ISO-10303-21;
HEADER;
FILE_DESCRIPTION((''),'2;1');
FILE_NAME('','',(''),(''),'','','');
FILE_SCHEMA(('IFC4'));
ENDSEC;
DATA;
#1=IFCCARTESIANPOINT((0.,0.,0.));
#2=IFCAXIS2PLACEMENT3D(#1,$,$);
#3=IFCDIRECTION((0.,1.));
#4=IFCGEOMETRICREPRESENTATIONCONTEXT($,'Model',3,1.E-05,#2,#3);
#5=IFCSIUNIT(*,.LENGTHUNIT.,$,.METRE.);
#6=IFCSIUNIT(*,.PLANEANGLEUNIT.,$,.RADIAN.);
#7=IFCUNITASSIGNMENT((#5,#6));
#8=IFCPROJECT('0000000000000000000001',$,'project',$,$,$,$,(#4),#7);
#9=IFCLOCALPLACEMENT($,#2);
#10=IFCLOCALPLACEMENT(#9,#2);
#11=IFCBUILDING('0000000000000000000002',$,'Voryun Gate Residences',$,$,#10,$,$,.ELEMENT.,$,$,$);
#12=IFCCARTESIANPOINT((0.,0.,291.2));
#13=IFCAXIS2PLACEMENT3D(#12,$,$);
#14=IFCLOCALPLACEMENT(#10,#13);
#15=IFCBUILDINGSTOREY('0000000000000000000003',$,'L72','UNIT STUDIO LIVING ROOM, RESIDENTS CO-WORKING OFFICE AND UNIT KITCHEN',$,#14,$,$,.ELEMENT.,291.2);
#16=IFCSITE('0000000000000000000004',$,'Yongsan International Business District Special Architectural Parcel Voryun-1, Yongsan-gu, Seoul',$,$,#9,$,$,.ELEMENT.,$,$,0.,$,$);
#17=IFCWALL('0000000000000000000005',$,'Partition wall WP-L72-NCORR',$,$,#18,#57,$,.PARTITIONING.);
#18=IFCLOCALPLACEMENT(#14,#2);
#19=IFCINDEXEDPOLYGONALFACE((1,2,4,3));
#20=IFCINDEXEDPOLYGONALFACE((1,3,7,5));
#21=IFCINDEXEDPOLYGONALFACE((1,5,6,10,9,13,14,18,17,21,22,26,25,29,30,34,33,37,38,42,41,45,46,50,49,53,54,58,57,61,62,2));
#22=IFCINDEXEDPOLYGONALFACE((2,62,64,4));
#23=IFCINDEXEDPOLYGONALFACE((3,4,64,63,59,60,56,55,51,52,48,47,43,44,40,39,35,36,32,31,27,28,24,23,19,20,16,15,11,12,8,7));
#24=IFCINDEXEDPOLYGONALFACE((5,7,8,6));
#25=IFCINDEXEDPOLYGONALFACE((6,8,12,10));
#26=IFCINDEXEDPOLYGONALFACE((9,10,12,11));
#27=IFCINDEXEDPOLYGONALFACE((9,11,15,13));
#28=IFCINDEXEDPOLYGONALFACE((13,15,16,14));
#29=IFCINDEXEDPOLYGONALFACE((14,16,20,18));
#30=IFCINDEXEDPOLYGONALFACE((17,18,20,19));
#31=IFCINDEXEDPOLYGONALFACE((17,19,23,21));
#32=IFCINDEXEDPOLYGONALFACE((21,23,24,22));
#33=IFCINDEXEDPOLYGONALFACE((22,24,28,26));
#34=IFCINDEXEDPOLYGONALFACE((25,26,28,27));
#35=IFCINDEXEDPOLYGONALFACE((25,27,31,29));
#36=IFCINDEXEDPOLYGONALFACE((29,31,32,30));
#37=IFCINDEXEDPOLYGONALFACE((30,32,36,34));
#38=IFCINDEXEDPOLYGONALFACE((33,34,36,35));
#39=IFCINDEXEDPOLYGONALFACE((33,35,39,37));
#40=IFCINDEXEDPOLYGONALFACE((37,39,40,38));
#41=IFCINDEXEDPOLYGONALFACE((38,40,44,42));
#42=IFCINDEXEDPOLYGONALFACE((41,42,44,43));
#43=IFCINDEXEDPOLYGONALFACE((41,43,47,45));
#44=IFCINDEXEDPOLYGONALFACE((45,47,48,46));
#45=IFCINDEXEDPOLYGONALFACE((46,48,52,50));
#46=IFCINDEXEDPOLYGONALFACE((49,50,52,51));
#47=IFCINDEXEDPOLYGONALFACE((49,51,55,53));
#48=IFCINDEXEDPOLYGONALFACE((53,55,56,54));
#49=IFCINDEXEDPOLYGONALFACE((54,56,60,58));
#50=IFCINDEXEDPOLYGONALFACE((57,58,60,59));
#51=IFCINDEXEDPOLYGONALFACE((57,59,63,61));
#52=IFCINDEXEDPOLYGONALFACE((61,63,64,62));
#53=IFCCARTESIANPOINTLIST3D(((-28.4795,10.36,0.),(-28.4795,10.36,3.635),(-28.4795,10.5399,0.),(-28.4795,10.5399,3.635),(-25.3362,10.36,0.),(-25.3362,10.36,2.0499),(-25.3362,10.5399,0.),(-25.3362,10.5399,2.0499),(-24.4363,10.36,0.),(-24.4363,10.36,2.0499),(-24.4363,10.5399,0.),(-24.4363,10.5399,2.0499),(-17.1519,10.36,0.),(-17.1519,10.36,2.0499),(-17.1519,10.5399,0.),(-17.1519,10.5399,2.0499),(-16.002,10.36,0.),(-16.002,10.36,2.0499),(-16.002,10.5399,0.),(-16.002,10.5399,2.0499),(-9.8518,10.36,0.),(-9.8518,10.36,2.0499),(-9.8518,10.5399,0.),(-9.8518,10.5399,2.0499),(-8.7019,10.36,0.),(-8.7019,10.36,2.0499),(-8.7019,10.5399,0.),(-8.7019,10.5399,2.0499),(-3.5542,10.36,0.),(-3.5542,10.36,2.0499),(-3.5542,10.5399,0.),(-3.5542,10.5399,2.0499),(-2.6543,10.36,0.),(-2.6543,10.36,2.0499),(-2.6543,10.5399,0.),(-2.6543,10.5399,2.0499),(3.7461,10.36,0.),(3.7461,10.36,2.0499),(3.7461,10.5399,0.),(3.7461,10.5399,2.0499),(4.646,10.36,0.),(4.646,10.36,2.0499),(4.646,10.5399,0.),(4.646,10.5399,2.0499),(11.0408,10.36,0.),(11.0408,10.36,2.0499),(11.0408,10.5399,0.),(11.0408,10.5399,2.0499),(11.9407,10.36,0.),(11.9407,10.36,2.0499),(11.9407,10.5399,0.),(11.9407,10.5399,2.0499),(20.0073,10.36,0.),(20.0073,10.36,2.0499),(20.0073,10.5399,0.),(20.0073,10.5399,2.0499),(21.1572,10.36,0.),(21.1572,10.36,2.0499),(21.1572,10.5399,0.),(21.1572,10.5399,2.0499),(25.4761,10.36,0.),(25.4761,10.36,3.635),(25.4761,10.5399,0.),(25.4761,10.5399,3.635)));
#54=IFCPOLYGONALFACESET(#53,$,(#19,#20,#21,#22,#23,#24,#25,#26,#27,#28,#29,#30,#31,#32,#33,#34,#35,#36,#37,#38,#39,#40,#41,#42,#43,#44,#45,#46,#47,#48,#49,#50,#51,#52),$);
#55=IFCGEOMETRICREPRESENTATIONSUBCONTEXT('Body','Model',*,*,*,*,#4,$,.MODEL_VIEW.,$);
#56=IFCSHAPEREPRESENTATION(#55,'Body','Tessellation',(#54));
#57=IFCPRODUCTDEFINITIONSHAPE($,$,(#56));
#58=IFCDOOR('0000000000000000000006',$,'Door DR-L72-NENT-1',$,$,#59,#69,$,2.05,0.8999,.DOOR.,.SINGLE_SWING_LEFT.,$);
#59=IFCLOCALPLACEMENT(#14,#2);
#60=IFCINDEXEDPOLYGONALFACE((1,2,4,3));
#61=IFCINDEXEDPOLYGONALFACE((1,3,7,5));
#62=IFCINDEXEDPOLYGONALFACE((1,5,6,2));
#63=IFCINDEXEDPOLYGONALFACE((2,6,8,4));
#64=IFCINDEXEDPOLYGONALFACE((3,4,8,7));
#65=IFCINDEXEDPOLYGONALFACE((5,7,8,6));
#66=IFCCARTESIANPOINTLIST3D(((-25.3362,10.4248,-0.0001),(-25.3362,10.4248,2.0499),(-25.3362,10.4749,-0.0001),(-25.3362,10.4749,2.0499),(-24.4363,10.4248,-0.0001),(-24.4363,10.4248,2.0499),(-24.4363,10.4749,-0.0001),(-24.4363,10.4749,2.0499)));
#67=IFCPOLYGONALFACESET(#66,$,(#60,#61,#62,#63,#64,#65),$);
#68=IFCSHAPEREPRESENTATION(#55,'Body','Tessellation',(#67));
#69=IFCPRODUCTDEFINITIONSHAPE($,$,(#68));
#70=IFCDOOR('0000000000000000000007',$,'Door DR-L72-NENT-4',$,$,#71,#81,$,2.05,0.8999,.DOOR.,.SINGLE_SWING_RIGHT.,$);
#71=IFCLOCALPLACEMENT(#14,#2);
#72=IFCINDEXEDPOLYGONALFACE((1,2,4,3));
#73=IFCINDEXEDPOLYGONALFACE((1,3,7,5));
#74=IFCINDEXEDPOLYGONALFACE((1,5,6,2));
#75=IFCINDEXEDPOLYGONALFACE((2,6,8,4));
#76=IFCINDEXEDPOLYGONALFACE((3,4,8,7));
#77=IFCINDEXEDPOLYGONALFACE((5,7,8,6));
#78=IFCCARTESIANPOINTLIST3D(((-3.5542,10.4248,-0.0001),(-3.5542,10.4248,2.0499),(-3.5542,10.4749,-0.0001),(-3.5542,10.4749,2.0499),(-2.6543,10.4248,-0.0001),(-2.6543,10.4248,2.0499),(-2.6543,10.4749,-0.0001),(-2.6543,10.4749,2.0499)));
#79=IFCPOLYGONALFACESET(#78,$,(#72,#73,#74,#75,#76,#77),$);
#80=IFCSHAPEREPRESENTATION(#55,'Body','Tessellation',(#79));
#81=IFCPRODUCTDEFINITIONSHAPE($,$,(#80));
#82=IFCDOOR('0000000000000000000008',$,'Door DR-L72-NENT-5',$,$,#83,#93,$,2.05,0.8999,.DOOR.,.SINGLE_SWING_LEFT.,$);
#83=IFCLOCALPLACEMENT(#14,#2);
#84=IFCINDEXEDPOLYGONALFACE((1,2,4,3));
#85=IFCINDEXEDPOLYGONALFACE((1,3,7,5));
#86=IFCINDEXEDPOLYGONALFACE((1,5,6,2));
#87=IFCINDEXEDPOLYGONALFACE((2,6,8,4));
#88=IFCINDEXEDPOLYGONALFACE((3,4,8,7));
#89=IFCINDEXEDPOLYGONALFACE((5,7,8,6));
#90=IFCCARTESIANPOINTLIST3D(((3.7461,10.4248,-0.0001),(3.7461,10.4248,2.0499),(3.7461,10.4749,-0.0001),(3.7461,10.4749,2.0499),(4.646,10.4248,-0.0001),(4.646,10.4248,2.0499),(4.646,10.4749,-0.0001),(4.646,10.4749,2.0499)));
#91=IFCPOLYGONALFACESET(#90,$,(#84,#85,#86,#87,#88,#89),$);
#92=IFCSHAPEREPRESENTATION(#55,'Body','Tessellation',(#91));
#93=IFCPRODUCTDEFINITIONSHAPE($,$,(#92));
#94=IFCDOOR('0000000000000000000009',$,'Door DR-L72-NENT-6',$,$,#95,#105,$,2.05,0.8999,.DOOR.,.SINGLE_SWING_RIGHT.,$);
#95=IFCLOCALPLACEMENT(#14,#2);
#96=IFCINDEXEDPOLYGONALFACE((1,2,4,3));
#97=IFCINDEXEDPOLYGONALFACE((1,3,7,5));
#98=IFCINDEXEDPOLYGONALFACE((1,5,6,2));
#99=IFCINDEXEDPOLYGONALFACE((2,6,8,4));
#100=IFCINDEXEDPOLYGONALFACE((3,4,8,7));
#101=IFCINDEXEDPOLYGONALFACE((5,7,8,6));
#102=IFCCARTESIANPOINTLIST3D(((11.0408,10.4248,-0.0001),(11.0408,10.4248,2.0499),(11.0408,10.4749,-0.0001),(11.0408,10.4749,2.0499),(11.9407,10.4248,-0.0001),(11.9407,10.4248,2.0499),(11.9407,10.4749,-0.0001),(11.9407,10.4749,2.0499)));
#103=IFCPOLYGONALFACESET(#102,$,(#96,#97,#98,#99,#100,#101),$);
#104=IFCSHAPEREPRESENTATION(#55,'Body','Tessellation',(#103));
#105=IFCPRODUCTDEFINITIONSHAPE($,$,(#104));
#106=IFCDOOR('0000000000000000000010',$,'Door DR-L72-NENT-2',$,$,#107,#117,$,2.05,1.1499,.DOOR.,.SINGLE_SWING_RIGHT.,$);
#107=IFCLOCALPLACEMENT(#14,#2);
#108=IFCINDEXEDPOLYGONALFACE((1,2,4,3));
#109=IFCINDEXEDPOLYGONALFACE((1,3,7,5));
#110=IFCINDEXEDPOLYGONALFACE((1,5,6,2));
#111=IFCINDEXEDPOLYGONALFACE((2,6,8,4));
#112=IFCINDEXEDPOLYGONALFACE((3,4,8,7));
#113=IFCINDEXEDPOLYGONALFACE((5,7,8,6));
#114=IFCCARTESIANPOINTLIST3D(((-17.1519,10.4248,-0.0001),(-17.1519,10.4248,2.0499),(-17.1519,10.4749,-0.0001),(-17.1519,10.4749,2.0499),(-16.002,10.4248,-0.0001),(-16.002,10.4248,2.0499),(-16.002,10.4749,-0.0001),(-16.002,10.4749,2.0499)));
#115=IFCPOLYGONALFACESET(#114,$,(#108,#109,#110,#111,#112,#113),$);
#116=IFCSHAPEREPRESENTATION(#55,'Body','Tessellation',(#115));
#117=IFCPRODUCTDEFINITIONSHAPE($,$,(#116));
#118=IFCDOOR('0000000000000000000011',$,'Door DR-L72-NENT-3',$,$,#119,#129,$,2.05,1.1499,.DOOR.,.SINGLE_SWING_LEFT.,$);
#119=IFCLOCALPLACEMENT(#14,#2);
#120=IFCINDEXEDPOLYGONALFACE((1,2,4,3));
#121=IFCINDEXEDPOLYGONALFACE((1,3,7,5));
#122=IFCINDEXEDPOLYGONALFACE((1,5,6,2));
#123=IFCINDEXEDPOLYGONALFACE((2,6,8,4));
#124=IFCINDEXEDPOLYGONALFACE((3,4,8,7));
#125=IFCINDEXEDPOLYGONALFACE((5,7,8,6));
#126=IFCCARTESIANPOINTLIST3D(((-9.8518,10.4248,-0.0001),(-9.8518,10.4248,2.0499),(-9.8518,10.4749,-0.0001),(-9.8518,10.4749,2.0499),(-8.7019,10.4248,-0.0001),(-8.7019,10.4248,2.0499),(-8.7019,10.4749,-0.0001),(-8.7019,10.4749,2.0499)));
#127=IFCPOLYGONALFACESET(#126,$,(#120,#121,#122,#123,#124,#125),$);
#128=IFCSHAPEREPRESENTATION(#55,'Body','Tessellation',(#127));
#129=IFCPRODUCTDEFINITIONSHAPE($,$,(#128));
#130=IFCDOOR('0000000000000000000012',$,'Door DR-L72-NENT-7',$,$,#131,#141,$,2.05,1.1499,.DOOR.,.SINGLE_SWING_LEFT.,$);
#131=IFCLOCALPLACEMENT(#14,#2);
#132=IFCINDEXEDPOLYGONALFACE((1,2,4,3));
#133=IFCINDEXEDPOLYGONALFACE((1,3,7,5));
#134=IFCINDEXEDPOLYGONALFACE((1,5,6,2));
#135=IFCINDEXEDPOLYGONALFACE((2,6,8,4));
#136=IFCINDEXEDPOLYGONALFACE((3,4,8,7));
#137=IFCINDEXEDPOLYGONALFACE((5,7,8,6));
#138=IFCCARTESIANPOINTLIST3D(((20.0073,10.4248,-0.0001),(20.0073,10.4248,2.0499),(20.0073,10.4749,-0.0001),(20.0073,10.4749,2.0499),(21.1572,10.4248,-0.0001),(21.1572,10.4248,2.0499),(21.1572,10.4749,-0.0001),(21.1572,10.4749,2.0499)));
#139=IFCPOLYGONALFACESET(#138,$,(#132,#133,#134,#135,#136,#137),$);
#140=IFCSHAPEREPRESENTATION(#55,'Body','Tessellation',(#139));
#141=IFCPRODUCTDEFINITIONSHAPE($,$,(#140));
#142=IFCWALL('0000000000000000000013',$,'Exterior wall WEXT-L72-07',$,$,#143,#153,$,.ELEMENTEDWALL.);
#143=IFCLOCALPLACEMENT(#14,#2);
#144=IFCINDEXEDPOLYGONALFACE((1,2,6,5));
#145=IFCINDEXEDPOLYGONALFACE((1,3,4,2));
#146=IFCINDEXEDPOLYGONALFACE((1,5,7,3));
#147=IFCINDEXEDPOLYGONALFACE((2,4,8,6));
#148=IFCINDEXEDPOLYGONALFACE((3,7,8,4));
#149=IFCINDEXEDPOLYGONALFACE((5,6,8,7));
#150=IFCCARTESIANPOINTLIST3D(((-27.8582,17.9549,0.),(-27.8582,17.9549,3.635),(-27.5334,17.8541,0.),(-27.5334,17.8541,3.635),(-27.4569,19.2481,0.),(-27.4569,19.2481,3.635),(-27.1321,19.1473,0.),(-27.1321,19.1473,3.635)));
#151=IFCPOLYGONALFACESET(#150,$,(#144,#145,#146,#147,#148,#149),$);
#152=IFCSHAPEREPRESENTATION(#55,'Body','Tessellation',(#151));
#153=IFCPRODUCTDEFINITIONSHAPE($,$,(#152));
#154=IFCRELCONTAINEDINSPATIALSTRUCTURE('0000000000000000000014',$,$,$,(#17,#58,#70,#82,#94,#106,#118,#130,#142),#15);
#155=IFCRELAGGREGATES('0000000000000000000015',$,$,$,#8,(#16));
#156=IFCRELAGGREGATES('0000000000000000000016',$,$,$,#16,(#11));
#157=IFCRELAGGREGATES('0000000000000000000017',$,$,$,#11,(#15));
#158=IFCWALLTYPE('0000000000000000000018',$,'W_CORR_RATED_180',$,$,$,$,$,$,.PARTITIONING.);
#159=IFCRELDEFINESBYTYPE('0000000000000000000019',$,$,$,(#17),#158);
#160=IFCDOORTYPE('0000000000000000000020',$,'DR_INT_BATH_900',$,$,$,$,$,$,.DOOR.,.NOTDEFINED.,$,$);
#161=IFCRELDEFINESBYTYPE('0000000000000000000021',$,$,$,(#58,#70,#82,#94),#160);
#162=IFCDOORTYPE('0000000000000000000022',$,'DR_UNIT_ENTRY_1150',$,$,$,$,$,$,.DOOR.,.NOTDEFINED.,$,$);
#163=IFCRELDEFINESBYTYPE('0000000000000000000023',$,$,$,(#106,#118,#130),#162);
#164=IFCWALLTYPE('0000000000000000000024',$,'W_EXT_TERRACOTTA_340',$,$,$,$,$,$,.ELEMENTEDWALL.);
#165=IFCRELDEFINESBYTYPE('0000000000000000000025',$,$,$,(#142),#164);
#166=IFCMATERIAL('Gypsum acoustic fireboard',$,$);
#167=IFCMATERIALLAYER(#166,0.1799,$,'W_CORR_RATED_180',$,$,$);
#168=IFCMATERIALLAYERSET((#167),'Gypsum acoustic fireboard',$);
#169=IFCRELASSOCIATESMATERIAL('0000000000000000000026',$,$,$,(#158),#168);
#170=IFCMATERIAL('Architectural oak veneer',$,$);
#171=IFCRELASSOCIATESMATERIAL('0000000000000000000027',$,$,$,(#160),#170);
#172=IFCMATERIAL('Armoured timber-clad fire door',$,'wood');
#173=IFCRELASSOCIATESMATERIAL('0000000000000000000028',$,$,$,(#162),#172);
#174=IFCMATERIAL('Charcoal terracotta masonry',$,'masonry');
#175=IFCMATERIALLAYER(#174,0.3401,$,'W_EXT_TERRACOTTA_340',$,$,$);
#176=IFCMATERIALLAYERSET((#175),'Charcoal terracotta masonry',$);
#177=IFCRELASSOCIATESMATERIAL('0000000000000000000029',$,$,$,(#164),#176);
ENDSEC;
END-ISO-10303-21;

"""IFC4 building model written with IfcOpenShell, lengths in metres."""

from ifc_helpers import new_model, si_unit, direction, frame, frame_2d, origin, place, context, subcontext, project, spatial, rectangle, extrude, material, layer, layer_set, type_object, element, fill, save


model = new_model("IFC4")

# Units and contexts
model_context = context("Model", 3, precision=1e-05, world=origin(), true_north=direction((0.0, 1.0)))
body_context = subcontext(model_context, "Body", "Model", "MODEL_VIEW")
ifc_project = project(units=[si_unit("LENGTHUNIT", "METRE"), si_unit("PLANEANGLEUNIT", "RADIAN")], contexts=[model_context])

# Site, building, storey
site_placement = place(None, origin())
site = spatial("IfcSite", under=ifc_project, at=site_placement, Name="Yongsan International Business District Special Architectural Parcel Voryun-1, Yongsan-gu, Seoul", CompositionType="ELEMENT", RefElevation=0.0)
building_placement = place(site_placement, origin())
building = spatial("IfcBuilding", under=site, at=building_placement, Name="Voryun Gate Residences", CompositionType="ELEMENT")
storey_placement = place(building_placement, frame((0.0, 0.0, 291.2)))
storey = spatial("IfcBuildingStorey", under=building, at=storey_placement, Name="L72", Description="UNIT STUDIO LIVING ROOM, RESIDENTS CO-WORKING OFFICE AND UNIT KITCHEN", CompositionType="ELEMENT", Elevation=291.2)

# Wall, openings, doors
ifc_material_1 = material(Name="Gypsum acoustic fireboard")
ifc_layer_1 = layer(ifc_material_1, 0.1799, Name="W_CORR_RATED_180")
ifc_layer_set_1 = layer_set([ifc_layer_1], Name="Gypsum acoustic fireboard")
wall_type_1 = type_object("IfcWallType", Name="W_CORR_RATED_180", PredefinedType="PARTITIONING", material=ifc_layer_set_1)
wall_1_placement = place(storey_placement, frame((-28.4795, 10.45, 0.0), z_axis=(0.0, 0.0, 1.0), x_axis=(1.0, 0.0, 0.0)))
wall_1 = element("IfcWall", 1, at=wall_1_placement, inside=storey, type_object=wall_type_1, Name="Partition wall WP-L72-NCORR", PredefinedType="PARTITIONING", context=body_context, shape_type="SweptSolid", body=[
    extrude(rectangle(XDim=53.9556, YDim=0.1799, at=frame_2d((26.9778, 0.0))), origin(), (0.0, 0.0, 1.0), 3.635),
])
opening_1_placement = place(wall_1_placement, frame((3.1433, 0.0, 0.0)))
opening_1 = element("IfcOpeningElement", 2, at=opening_1_placement, cuts=wall_1, PredefinedType="OPENING", context=body_context, shape_type="SweptSolid", body=[
    extrude(rectangle(XDim=0.8999, YDim=2.05, at=frame_2d((0.45, 1.0249))), frame((0.0, 0.0999, 0.0), z_axis=(0.0, -1.0, 0.0), x_axis=(1.0, 0.0, 0.0)), (0.0, 0.0, 1.0), 0.2),
])
opening_2_placement = place(wall_1_placement, frame((11.3276, 0.0, 0.0)))
opening_2 = element("IfcOpeningElement", 3, at=opening_2_placement, cuts=wall_1, PredefinedType="OPENING", context=body_context, shape_type="SweptSolid", body=[
    extrude(rectangle(XDim=1.1499, YDim=2.05, at=frame_2d((0.575, 1.0249))), frame((0.0, 0.0999, 0.0), z_axis=(0.0, -1.0, 0.0), x_axis=(1.0, 0.0, 0.0)), (0.0, 0.0, 1.0), 0.2),
])
opening_3_placement = place(wall_1_placement, frame((18.6277, 0.0, 0.0)))
opening_3 = element("IfcOpeningElement", 4, at=opening_3_placement, cuts=wall_1, PredefinedType="OPENING", context=body_context, shape_type="SweptSolid", body=[
    extrude(rectangle(XDim=1.1499, YDim=2.05, at=frame_2d((0.575, 1.0249))), frame((0.0, 0.0999, 0.0), z_axis=(0.0, -1.0, 0.0), x_axis=(1.0, 0.0, 0.0)), (0.0, 0.0, 1.0), 0.2),
])
opening_4_placement = place(wall_1_placement, frame((24.9253, 0.0, 0.0)))
opening_4 = element("IfcOpeningElement", 5, at=opening_4_placement, cuts=wall_1, PredefinedType="OPENING", context=body_context, shape_type="SweptSolid", body=[
    extrude(rectangle(XDim=0.8999, YDim=2.05, at=frame_2d((0.45, 1.0249))), frame((0.0, 0.0999, 0.0), z_axis=(0.0, -1.0, 0.0), x_axis=(1.0, 0.0, 0.0)), (0.0, 0.0, 1.0), 0.2),
])
opening_5_placement = place(wall_1_placement, frame((32.2256, 0.0, 0.0)))
opening_5 = element("IfcOpeningElement", 6, at=opening_5_placement, cuts=wall_1, PredefinedType="OPENING", context=body_context, shape_type="SweptSolid", body=[
    extrude(rectangle(XDim=0.8999, YDim=2.05, at=frame_2d((0.45, 1.0249))), frame((0.0, 0.0999, 0.0), z_axis=(0.0, -1.0, 0.0), x_axis=(1.0, 0.0, 0.0)), (0.0, 0.0, 1.0), 0.2),
])
opening_6_placement = place(wall_1_placement, frame((39.5203, 0.0, 0.0)))
opening_6 = element("IfcOpeningElement", 7, at=opening_6_placement, cuts=wall_1, PredefinedType="OPENING", context=body_context, shape_type="SweptSolid", body=[
    extrude(rectangle(XDim=0.8999, YDim=2.05, at=frame_2d((0.45, 1.0249))), frame((0.0, 0.0999, 0.0), z_axis=(0.0, -1.0, 0.0), x_axis=(1.0, 0.0, 0.0)), (0.0, 0.0, 1.0), 0.2),
])
opening_7_placement = place(wall_1_placement, frame((48.4868, 0.0, 0.0)))
opening_7 = element("IfcOpeningElement", 8, at=opening_7_placement, cuts=wall_1, PredefinedType="OPENING", context=body_context, shape_type="SweptSolid", body=[
    extrude(rectangle(XDim=1.1499, YDim=2.05, at=frame_2d((0.575, 1.0249))), frame((0.0, 0.0999, 0.0), z_axis=(0.0, -1.0, 0.0), x_axis=(1.0, 0.0, 0.0)), (0.0, 0.0, 1.0), 0.2),
])
ifc_material_2 = material(Name="Architectural oak veneer")
door_type_1 = type_object("IfcDoorType", Name="DR_INT_BATH_900", OperationType="NOTDEFINED", PredefinedType="DOOR", material=ifc_material_2)
door_1_placement = place(opening_1_placement, origin())
door_1 = element("IfcDoor", 9, at=door_1_placement, inside=storey, type_object=door_type_1, Name="Door DR-L72-NENT-1", OperationType="SINGLE_SWING_LEFT", OverallHeight=2.05, OverallWidth=0.8999, PredefinedType="DOOR", context=body_context, shape_type="SweptSolid", body=[
    extrude(rectangle(XDim=0.8999, YDim=2.05, at=frame_2d((0.45, 1.0249))), frame((0.0, 0.0249, 0.0), z_axis=(0.0, -1.0, 0.0), x_axis=(1.0, 0.0, 0.0)), (0.0, 0.0, 1.0), 0.05),
])
fill(opening_1, door_1)
door_2_placement = place(opening_4_placement, origin())
door_2 = element("IfcDoor", 10, at=door_2_placement, inside=storey, type_object=door_type_1, Name="Door DR-L72-NENT-4", OperationType="SINGLE_SWING_RIGHT", OverallHeight=2.05, OverallWidth=0.8999, PredefinedType="DOOR", context=body_context, shape_type="SweptSolid", body=[
    extrude(rectangle(XDim=0.8999, YDim=2.05, at=frame_2d((0.45, 1.0249))), frame((0.0, 0.0249, 0.0), z_axis=(0.0, -1.0, 0.0), x_axis=(1.0, 0.0, 0.0)), (0.0, 0.0, 1.0), 0.05),
])
fill(opening_4, door_2)
door_3_placement = place(opening_5_placement, origin())
door_3 = element("IfcDoor", 11, at=door_3_placement, inside=storey, type_object=door_type_1, Name="Door DR-L72-NENT-5", OperationType="SINGLE_SWING_LEFT", OverallHeight=2.05, OverallWidth=0.8999, PredefinedType="DOOR", context=body_context, shape_type="SweptSolid", body=[
    extrude(rectangle(XDim=0.8999, YDim=2.05, at=frame_2d((0.45, 1.0249))), frame((0.0, 0.0249, 0.0), z_axis=(0.0, -1.0, 0.0), x_axis=(1.0, 0.0, 0.0)), (0.0, 0.0, 1.0), 0.05),
])
fill(opening_5, door_3)
door_4_placement = place(opening_6_placement, origin())
door_4 = element("IfcDoor", 12, at=door_4_placement, inside=storey, type_object=door_type_1, Name="Door DR-L72-NENT-6", OperationType="SINGLE_SWING_RIGHT", OverallHeight=2.05, OverallWidth=0.8999, PredefinedType="DOOR", context=body_context, shape_type="SweptSolid", body=[
    extrude(rectangle(XDim=0.8999, YDim=2.05, at=frame_2d((0.45, 1.0249))), frame((0.0, 0.0249, 0.0), z_axis=(0.0, -1.0, 0.0), x_axis=(1.0, 0.0, 0.0)), (0.0, 0.0, 1.0), 0.05),
])
fill(opening_6, door_4)
ifc_material_3 = material(Name="Armoured timber-clad fire door", Category="wood")
door_type_2 = type_object("IfcDoorType", Name="DR_UNIT_ENTRY_1150", OperationType="NOTDEFINED", PredefinedType="DOOR", material=ifc_material_3)
door_5_placement = place(opening_2_placement, origin())
door_5 = element("IfcDoor", 13, at=door_5_placement, inside=storey, type_object=door_type_2, Name="Door DR-L72-NENT-2", OperationType="SINGLE_SWING_RIGHT", OverallHeight=2.05, OverallWidth=1.1499, PredefinedType="DOOR", context=body_context, shape_type="SweptSolid", body=[
    extrude(rectangle(XDim=1.1499, YDim=2.05, at=frame_2d((0.575, 1.0249))), frame((0.0, 0.0249, 0.0), z_axis=(0.0, -1.0, 0.0), x_axis=(1.0, 0.0, 0.0)), (0.0, 0.0, 1.0), 0.05),
])
fill(opening_2, door_5)
door_6_placement = place(opening_3_placement, origin())
door_6 = element("IfcDoor", 14, at=door_6_placement, inside=storey, type_object=door_type_2, Name="Door DR-L72-NENT-3", OperationType="SINGLE_SWING_LEFT", OverallHeight=2.05, OverallWidth=1.1499, PredefinedType="DOOR", context=body_context, shape_type="SweptSolid", body=[
    extrude(rectangle(XDim=1.1499, YDim=2.05, at=frame_2d((0.575, 1.0249))), frame((0.0, 0.0249, 0.0), z_axis=(0.0, -1.0, 0.0), x_axis=(1.0, 0.0, 0.0)), (0.0, 0.0, 1.0), 0.05),
])
fill(opening_3, door_6)
door_7_placement = place(opening_7_placement, origin())
door_7 = element("IfcDoor", 15, at=door_7_placement, inside=storey, type_object=door_type_2, Name="Door DR-L72-NENT-7", OperationType="SINGLE_SWING_LEFT", OverallHeight=2.05, OverallWidth=1.1499, PredefinedType="DOOR", context=body_context, shape_type="SweptSolid", body=[
    extrude(rectangle(XDim=1.1499, YDim=2.05, at=frame_2d((0.575, 1.0249))), frame((0.0, 0.0249, 0.0), z_axis=(0.0, -1.0, 0.0), x_axis=(1.0, 0.0, 0.0)), (0.0, 0.0, 1.0), 0.05),
])
fill(opening_7, door_7)

# Wall
ifc_material_4 = material(Name="Charcoal terracotta masonry", Category="masonry")
ifc_layer_2 = layer(ifc_material_4, 0.3401, Name="W_EXT_TERRACOTTA_340")
ifc_layer_set_2 = layer_set([ifc_layer_2], Name="Charcoal terracotta masonry")
wall_type_2 = type_object("IfcWallType", Name="W_EXT_TERRACOTTA_340", PredefinedType="ELEMENTEDWALL", material=ifc_layer_set_2)
wall_2_placement = place(storey_placement, frame((-27.6958, 17.9045, 0.0), z_axis=(0.0, 0.0, 1.0), x_axis=(0.296416, 0.955059, 0.0)))
element("IfcWall", 16, at=wall_2_placement, inside=storey, type_object=wall_type_2, Name="Exterior wall WEXT-L72-07", PredefinedType="ELEMENTEDWALL", context=body_context, shape_type="SweptSolid", body=[
    extrude(rectangle(XDim=1.354, YDim=0.3401, at=frame_2d((0.677, 0.0))), origin(), (0.0, 0.0, 1.0), 3.635),
])

save(model, "model.ifc")
